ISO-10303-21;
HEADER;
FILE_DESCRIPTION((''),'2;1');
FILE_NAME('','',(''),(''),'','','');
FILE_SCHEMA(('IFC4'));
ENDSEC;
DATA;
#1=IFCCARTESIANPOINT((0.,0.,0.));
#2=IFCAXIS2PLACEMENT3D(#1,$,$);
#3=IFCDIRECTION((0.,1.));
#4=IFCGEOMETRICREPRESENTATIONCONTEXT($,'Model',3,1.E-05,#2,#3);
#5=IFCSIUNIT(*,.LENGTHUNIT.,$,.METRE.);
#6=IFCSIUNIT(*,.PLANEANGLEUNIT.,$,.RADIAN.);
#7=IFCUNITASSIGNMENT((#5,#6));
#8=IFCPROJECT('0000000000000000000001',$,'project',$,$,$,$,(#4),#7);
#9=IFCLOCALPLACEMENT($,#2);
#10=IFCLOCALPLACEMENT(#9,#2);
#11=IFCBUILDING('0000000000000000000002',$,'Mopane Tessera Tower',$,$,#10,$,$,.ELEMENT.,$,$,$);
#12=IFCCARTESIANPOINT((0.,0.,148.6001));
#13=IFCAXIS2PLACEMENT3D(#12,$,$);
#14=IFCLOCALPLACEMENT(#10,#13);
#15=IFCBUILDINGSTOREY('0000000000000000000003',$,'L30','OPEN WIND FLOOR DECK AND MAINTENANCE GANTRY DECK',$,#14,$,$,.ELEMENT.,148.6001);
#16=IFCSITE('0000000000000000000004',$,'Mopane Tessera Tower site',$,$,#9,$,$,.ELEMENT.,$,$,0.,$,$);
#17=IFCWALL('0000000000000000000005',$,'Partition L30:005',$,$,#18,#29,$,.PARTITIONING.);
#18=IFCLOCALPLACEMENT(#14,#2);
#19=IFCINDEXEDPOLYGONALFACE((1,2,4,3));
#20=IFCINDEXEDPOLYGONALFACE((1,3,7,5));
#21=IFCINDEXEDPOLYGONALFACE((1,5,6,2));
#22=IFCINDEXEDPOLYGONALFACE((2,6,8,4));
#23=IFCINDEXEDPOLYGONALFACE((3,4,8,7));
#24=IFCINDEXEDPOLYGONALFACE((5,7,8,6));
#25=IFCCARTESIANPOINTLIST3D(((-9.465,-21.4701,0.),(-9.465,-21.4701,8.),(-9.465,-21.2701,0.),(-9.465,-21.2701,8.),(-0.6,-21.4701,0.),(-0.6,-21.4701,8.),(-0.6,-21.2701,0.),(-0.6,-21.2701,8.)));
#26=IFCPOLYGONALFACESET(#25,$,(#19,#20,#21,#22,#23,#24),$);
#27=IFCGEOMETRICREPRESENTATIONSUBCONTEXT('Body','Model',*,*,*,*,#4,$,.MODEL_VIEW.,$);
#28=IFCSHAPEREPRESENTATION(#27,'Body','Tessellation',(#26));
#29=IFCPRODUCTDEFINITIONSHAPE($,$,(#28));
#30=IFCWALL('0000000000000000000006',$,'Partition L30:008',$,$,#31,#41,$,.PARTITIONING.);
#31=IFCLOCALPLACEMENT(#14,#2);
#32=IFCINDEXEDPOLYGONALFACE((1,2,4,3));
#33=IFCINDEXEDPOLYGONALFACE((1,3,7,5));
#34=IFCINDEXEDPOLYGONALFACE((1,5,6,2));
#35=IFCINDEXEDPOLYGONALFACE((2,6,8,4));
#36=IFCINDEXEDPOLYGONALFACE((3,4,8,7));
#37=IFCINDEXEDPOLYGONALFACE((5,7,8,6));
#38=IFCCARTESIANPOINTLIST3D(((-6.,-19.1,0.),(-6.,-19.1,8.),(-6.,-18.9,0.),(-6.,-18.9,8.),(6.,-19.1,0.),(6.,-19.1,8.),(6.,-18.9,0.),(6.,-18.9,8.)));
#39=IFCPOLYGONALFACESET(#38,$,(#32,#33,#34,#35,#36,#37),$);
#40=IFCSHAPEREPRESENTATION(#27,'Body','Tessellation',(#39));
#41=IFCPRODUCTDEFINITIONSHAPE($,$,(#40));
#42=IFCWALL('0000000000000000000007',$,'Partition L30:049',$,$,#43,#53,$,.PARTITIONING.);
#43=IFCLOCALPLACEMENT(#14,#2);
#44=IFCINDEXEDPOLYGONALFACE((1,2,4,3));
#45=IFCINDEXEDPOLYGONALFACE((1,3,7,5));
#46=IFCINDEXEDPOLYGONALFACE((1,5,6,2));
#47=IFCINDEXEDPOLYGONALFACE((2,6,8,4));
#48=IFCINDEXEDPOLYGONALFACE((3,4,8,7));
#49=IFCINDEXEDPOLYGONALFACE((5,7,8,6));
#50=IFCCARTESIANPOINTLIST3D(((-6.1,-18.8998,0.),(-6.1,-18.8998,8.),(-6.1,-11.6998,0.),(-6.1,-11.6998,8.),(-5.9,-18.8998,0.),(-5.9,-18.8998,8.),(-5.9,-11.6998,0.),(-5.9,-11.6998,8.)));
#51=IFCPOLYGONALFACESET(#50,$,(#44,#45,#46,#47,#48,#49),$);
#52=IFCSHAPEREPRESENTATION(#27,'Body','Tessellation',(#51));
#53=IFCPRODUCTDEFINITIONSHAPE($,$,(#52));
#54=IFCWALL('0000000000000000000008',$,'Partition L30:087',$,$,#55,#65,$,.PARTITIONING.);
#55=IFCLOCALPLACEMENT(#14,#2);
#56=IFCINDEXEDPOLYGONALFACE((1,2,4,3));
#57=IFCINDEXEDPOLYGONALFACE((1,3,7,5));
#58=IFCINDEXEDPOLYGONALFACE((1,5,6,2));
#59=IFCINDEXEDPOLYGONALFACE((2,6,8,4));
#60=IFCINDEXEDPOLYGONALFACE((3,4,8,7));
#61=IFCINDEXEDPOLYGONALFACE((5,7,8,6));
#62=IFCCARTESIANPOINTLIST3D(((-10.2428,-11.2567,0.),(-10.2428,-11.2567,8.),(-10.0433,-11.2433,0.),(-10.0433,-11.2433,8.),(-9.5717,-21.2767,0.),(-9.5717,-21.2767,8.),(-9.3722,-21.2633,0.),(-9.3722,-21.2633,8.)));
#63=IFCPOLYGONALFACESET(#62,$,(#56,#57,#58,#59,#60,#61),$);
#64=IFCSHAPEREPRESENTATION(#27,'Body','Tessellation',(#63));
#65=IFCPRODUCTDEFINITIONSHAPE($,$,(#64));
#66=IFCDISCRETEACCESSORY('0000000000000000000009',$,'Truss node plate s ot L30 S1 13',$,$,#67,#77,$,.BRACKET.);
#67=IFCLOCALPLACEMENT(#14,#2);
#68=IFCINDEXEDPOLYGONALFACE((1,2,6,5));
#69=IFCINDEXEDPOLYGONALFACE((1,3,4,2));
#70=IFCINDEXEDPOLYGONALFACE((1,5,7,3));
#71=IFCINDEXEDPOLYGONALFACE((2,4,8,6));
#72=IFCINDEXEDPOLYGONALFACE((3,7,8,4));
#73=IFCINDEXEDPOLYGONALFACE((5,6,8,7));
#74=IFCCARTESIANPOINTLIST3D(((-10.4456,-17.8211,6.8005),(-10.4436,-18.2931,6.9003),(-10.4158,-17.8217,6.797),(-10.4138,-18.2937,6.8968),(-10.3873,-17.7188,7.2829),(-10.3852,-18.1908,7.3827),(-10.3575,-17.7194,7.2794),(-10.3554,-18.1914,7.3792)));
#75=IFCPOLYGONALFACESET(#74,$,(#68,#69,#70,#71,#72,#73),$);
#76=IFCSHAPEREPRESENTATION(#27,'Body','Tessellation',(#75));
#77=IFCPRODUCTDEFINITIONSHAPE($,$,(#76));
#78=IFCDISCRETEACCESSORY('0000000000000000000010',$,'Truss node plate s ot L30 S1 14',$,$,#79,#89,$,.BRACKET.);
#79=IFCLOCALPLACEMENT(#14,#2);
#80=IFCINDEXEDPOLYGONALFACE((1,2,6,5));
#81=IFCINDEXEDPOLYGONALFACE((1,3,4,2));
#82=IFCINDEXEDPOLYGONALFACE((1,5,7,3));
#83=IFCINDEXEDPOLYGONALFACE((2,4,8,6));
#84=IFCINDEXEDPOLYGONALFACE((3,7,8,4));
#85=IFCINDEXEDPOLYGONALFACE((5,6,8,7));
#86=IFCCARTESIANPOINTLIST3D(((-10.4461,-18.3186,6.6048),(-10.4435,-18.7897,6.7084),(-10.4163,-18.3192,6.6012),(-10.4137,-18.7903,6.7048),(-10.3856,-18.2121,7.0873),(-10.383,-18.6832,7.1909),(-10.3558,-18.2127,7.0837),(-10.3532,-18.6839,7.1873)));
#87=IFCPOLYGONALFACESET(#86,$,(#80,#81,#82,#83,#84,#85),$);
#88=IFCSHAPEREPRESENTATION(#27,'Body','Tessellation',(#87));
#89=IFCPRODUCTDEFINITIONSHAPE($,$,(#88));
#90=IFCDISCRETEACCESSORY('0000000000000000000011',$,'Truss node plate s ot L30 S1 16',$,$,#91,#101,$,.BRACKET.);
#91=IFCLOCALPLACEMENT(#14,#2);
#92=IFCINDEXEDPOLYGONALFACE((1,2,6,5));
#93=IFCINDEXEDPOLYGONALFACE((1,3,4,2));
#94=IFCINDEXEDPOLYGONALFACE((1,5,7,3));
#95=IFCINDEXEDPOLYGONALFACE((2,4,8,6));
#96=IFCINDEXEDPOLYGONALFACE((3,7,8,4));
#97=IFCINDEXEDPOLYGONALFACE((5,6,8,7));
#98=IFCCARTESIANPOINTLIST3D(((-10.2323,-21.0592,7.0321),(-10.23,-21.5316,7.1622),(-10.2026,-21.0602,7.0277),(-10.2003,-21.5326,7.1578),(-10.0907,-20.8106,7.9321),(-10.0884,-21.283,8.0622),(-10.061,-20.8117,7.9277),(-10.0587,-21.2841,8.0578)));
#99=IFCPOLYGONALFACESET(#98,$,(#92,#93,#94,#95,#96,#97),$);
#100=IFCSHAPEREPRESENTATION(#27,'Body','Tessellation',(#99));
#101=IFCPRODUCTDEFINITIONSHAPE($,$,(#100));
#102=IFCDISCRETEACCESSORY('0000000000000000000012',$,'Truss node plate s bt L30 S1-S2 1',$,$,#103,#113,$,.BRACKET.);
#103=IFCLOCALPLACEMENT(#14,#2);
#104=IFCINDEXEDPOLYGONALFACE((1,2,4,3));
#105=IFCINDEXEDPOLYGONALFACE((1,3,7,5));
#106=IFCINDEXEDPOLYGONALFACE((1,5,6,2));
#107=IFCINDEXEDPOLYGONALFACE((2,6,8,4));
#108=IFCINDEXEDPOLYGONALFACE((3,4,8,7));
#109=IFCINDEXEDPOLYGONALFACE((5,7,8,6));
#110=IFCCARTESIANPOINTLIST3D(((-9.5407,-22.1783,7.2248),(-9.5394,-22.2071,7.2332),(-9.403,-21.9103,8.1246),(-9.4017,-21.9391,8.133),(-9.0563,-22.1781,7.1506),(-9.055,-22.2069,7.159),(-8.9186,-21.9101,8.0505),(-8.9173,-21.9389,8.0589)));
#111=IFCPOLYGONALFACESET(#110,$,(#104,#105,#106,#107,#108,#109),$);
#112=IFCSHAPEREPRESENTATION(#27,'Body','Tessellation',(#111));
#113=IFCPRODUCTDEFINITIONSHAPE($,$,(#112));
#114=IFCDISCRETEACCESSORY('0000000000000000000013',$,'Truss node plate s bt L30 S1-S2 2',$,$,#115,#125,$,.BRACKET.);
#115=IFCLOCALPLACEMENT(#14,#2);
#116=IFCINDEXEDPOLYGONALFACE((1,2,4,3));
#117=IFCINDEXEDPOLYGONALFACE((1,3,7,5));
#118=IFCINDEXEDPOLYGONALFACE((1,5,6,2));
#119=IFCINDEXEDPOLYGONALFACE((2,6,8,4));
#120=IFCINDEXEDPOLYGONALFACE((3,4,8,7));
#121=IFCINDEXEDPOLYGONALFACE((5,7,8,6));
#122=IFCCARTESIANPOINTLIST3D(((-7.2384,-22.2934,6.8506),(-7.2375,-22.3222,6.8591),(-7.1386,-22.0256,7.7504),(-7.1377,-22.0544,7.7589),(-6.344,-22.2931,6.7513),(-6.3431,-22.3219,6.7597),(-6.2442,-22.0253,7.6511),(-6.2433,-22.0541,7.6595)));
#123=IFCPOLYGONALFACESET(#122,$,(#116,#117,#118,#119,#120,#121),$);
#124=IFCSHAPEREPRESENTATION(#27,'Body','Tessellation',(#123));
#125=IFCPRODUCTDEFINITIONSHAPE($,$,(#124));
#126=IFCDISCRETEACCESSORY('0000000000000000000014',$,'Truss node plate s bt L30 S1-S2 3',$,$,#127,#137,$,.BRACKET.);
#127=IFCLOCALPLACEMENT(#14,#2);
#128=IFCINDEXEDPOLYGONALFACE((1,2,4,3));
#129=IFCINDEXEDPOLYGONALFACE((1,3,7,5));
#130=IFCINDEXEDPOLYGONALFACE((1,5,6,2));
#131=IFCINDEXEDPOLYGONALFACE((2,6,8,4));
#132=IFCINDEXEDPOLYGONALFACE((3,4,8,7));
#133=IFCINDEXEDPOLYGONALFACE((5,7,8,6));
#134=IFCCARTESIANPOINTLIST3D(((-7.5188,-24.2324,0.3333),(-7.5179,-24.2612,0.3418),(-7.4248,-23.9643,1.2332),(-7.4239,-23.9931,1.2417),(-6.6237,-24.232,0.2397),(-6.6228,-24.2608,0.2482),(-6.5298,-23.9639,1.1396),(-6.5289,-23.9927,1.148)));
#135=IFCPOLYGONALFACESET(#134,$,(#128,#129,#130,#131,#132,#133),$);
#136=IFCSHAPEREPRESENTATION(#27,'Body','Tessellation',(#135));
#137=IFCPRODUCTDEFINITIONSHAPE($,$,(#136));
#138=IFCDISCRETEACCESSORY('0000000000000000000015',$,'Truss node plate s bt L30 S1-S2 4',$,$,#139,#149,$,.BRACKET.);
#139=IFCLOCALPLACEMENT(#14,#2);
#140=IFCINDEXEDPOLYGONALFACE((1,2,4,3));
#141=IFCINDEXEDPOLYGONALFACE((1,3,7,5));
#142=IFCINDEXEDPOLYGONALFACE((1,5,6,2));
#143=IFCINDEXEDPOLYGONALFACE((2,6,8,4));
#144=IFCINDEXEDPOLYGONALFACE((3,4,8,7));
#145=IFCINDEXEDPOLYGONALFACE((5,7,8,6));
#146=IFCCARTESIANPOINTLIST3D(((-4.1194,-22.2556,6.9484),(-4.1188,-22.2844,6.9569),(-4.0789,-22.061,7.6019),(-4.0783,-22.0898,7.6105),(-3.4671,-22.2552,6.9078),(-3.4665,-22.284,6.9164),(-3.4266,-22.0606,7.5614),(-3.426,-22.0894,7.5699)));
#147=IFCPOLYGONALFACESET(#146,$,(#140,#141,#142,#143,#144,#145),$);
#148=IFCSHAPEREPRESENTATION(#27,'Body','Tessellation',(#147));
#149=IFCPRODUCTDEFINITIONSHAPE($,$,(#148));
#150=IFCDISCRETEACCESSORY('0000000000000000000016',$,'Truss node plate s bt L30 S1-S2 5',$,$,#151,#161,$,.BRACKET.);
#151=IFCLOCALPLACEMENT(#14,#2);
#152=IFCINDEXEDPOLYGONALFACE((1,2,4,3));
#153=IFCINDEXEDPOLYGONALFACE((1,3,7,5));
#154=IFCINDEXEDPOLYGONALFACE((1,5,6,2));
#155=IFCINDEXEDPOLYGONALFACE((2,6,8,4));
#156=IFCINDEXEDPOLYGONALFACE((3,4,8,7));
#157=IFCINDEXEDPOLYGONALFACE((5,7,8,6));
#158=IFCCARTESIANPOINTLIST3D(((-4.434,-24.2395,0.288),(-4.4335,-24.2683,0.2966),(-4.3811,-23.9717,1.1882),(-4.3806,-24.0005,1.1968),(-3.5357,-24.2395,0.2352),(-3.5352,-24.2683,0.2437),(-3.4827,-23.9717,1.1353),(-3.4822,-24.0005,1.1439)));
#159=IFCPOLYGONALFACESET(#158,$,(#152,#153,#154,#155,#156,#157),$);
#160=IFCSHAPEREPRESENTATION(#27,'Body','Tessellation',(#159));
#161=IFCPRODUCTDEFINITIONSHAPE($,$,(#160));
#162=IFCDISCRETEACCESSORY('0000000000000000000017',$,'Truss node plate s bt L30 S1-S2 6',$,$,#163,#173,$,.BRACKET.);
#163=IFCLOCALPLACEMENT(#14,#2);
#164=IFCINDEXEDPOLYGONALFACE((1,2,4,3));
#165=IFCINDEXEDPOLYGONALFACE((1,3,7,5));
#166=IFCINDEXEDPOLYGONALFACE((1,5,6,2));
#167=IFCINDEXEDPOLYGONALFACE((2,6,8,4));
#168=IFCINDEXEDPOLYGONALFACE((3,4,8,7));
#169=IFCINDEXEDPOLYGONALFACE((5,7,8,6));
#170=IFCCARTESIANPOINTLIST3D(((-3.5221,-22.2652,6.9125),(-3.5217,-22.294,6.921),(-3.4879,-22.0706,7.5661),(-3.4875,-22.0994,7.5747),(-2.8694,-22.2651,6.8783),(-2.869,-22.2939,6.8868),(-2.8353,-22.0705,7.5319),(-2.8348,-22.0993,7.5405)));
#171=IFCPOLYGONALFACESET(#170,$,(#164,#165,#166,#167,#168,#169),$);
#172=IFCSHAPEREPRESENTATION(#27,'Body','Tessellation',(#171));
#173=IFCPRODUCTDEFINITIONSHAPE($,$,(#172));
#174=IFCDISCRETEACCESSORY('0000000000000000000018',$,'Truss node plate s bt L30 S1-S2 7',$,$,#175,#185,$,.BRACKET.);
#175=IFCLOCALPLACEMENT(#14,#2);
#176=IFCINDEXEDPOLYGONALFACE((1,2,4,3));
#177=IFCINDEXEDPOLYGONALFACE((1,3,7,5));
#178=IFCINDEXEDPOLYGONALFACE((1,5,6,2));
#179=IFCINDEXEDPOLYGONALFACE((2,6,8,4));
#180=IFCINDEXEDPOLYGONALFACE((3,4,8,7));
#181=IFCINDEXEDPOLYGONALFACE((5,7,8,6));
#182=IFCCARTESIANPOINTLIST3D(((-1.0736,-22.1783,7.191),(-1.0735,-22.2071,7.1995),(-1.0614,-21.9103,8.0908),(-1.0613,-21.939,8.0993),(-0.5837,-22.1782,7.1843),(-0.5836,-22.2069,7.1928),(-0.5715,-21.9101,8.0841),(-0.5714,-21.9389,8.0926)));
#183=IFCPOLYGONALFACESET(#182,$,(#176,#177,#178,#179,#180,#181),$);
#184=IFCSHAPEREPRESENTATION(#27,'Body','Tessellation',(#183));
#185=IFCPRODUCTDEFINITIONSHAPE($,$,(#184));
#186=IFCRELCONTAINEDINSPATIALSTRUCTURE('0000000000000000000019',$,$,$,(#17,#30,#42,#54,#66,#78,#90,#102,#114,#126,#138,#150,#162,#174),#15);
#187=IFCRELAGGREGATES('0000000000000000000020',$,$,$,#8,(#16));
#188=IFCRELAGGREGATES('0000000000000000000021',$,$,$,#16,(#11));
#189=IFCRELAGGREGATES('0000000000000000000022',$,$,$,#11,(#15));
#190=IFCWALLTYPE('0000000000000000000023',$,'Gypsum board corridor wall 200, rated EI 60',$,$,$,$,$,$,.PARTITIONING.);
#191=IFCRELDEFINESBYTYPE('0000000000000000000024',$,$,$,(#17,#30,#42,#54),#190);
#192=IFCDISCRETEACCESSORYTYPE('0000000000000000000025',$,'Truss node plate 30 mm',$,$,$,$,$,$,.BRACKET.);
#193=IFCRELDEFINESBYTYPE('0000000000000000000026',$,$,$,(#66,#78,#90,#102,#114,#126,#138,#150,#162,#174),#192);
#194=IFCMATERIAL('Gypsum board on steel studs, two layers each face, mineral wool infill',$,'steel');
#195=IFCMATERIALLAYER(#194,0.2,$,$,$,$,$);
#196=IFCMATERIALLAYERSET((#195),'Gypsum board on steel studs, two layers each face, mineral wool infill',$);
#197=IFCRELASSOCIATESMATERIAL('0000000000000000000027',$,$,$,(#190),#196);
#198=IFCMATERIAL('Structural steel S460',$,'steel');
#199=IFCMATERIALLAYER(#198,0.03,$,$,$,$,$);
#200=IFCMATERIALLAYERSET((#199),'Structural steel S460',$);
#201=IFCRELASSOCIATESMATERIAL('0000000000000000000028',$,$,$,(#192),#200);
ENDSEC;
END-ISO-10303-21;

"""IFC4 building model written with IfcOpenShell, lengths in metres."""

from ifc_helpers import new_model, si_unit, direction, frame, frame_2d, origin, origin_2d, place, context, subcontext, project, spatial, rectangle, extrude, material, layer, layer_set, type_object, element, save


model = new_model("IFC4")

# Units and contexts
model_context = context("Model", 3, precision=1e-05, world=origin(), true_north=direction((0.0, 1.0)))
body_context = subcontext(model_context, "Body", "Model", "MODEL_VIEW")
ifc_project = project(units=[si_unit("LENGTHUNIT", "METRE"), si_unit("PLANEANGLEUNIT", "RADIAN")], contexts=[model_context])

# Site, building, storey
site_placement = place(None, origin())
site = spatial("IfcSite", under=ifc_project, at=site_placement, Name="Mopane Tessera Tower site", CompositionType="ELEMENT", RefElevation=0.0)
building_placement = place(site_placement, origin())
building = spatial("IfcBuilding", under=site, at=building_placement, Name="Mopane Tessera Tower", CompositionType="ELEMENT")
storey_placement = place(building_placement, frame((0.0, 0.0, 148.6001)))
storey = spatial("IfcBuildingStorey", under=building, at=storey_placement, Name="L30", Description="OPEN WIND FLOOR DECK AND MAINTENANCE GANTRY DECK", CompositionType="ELEMENT", Elevation=148.6001)

# Walls
ifc_material_1 = material(Name="Gypsum board on steel studs, two layers each face, mineral wool infill", Category="steel")
ifc_layer_1 = layer(ifc_material_1, 0.2)
ifc_layer_set_1 = layer_set([ifc_layer_1], Name="Gypsum board on steel studs, two layers each face, mineral wool infill")
wall_type = type_object("IfcWallType", Name="Gypsum board corridor wall 200, rated EI 60", PredefinedType="PARTITIONING", material=ifc_layer_set_1)
wall_1_placement = place(storey_placement, frame((-9.4651, -21.3701, 0.0), z_axis=(0.0, 0.0, 1.0), x_axis=(1.0, 0.0, 0.0)))
element("IfcWall", 1, at=wall_1_placement, inside=storey, type_object=wall_type, Name="Partition L30:005", PredefinedType="PARTITIONING", context=body_context, shape_type="SweptSolid", body=[
    extrude(rectangle(XDim=8.865, YDim=0.2, at=frame_2d((4.4326, 0.0))), origin(), (0.0, 0.0, 1.0), 8.0),
])
wall_2_placement = place(storey_placement, frame((-6.0, -19.0, 0.0), z_axis=(0.0, 0.0, 1.0), x_axis=(1.0, 0.0, 0.0)))
element("IfcWall", 2, at=wall_2_placement, inside=storey, type_object=wall_type, Name="Partition L30:008", PredefinedType="PARTITIONING", context=body_context, shape_type="SweptSolid", body=[
    extrude(rectangle(XDim=12.0, YDim=0.2, at=frame_2d((6.0, 0.0))), origin(), (0.0, 0.0, 1.0), 8.0),
])
wall_3_placement = place(storey_placement, frame((-6.0, -18.8999, 0.0), z_axis=(0.0, 0.0, 1.0), x_axis=(0.0, 1.0, 0.0)))
element("IfcWall", 3, at=wall_3_placement, inside=storey, type_object=wall_type, Name="Partition L30:049", PredefinedType="PARTITIONING", context=body_context, shape_type="SweptSolid", body=[
    extrude(rectangle(XDim=7.2, YDim=0.2, at=frame_2d((3.6001, 0.0))), origin(), (0.0, 0.0, 1.0), 8.0),
])
wall_4_placement = place(storey_placement, frame((-9.4719, -21.27, 0.0), z_axis=(0.0, 0.0, 1.0), x_axis=(-0.06683, 0.997764, 0.0)))
element("IfcWall", 4, at=wall_4_placement, inside=storey, type_object=wall_type, Name="Partition L30:087", PredefinedType="PARTITIONING", context=body_context, shape_type="SweptSolid", body=[
    extrude(rectangle(XDim=10.0425, YDim=0.2, at=frame_2d((5.0212, 0.0))), origin(), (0.0, 0.0, 1.0), 8.0),
])

# Discrete accessories
ifc_material_2 = material(Name="Structural steel S460", Category="steel")
ifc_layer_2 = layer(ifc_material_2, 0.03)
ifc_layer_set_2 = layer_set([ifc_layer_2], Name="Structural steel S460")
discrete_accessory_type = type_object("IfcDiscreteAccessoryType", Name="Truss node plate 30 mm", PredefinedType="BRACKET", material=ifc_layer_set_2)
discrete_accessory_1_placement = place(storey_placement, frame((-10.4297, -18.0574, 6.8486), z_axis=(0.117501, 0.205995, 0.971473), x_axis=(0.993064, -0.02019, -0.115831)))
element("IfcDiscreteAccessory", 5, at=discrete_accessory_1_placement, inside=storey, type_object=discrete_accessory_type, Name="Truss node plate s ot L30 S1 13", PredefinedType="BRACKET", context=body_context, shape_type="SweptSolid", body=[
    extrude(rectangle(XDim=0.03, YDim=0.4824, at=origin_2d()), origin(), (0.0, 0.0, 1.0), 0.4966),
])
discrete_accessory_2_placement = place(storey_placement, frame((-10.4299, -18.5544, 6.6548), z_axis=(0.121648, 0.213865, 0.969259), x_axis=(0.992559, -0.020926, -0.119955)))
element("IfcDiscreteAccessory", 6, at=discrete_accessory_2_placement, inside=storey, type_object=discrete_accessory_type, Name="Truss node plate s ot L30 S1 14", PredefinedType="BRACKET", context=body_context, shape_type="SweptSolid", body=[
    extrude(rectangle(XDim=0.03, YDim=0.4824, at=origin_2d()), origin(), (0.0, 0.0, 1.0), 0.4978),
])
discrete_accessory_3_placement = place(storey_placement, frame((-10.2163, -21.2959, 7.095), z_axis=(0.149959, 0.263204, 0.953014), x_axis=(0.988681, -0.035418, -0.145789)))
element("IfcDiscreteAccessory", 7, at=discrete_accessory_3_placement, inside=storey, type_object=discrete_accessory_type, Name="Truss node plate s ot L30 S1 16", PredefinedType="BRACKET", context=body_context, shape_type="SweptSolid", body=[
    extrude(rectangle(XDim=0.03, YDim=0.49, at=origin_2d()), origin(), (0.0, 0.0, 1.0), 0.9443),
])
discrete_accessory_4_placement = place(storey_placement, frame((-9.2979, -22.1926, 7.1919), z_axis=(0.145092, 0.282466, 0.948241), x_axis=(-0.043146, 0.959277, -0.279151)))
element("IfcDiscreteAccessory", 8, at=discrete_accessory_4_placement, inside=storey, type_object=discrete_accessory_type, Name="Truss node plate s bt L30 S1-S2 1", PredefinedType="BRACKET", context=body_context, shape_type="SweptSolid", body=[
    extrude(rectangle(XDim=0.03, YDim=0.49, at=origin_2d()), origin(), (0.0, 0.0, 1.0), 0.949),
])
discrete_accessory_5_placement = place(storey_placement, frame((-6.7908, -22.3076, 6.8052), z_axis=(0.105754, 0.283648, 0.953079), x_axis=(-0.031613, 0.958928, -0.281881)))
element("IfcDiscreteAccessory", 9, at=discrete_accessory_5_placement, inside=storey, type_object=discrete_accessory_type, Name="Truss node plate s bt L30 S1-S2 2", PredefinedType="BRACKET", context=body_context, shape_type="SweptSolid", body=[
    extrude(rectangle(XDim=0.03, YDim=0.8999, at=origin_2d()), origin(), (0.0, 0.0, 1.0), 0.9441),
])
discrete_accessory_6_placement = place(storey_placement, frame((-7.0708, -24.2466, 0.2908), z_axis=(0.099605, 0.284067, 0.953617), x_axis=(-0.029975, 0.958804, -0.282481)))
element("IfcDiscreteAccessory", 10, at=discrete_accessory_6_placement, inside=storey, type_object=discrete_accessory_type, Name="Truss node plate s bt L30 S1-S2 3", PredefinedType="BRACKET", context=body_context, shape_type="SweptSolid", body=[
    extrude(rectangle(XDim=0.03, YDim=0.8999, at=origin_2d()), origin(), (0.0, 0.0, 1.0), 0.9436),
])
discrete_accessory_7_placement = place(storey_placement, frame((-3.793, -22.2698, 6.9324), z_axis=(0.059327, 0.284841, 0.956737), x_axis=(-0.018225, 0.958575, -0.284258)))
element("IfcDiscreteAccessory", 11, at=discrete_accessory_7_placement, inside=storey, type_object=discrete_accessory_type, Name="Truss node plate s bt L30 S1-S2 4", PredefinedType="BRACKET", context=body_context, shape_type="SweptSolid", body=[
    extrude(rectangle(XDim=0.03, YDim=0.6536, at=origin_2d()), origin(), (0.0, 0.0, 1.0), 0.6831),
])
discrete_accessory_8_placement = place(storey_placement, frame((-3.9846, -24.2539, 0.2659), z_axis=(0.056322, 0.284724, 0.956953), x_axis=(-0.016739, 0.958609, -0.284232)))
element("IfcDiscreteAccessory", 12, at=discrete_accessory_8_placement, inside=storey, type_object=discrete_accessory_type, Name="Truss node plate s bt L30 S1-S2 5", PredefinedType="BRACKET", context=body_context, shape_type="SweptSolid", body=[
    extrude(rectangle(XDim=0.03, YDim=0.8999, at=origin_2d()), origin(), (0.0, 0.0, 1.0), 0.9407),
])
discrete_accessory_9_placement = place(storey_placement, frame((-3.1956, -22.2795, 6.8997), z_axis=(0.05006, 0.284986, 0.957224), x_axis=(-0.015114, 0.958532, -0.284585)))
element("IfcDiscreteAccessory", 13, at=discrete_accessory_9_placement, inside=storey, type_object=discrete_accessory_type, Name="Truss node plate s bt L30 S1-S2 6", PredefinedType="BRACKET", context=body_context, shape_type="SweptSolid", body=[
    extrude(rectangle(XDim=0.03, YDim=0.6536, at=origin_2d()), origin(), (0.0, 0.0, 1.0), 0.6829),
])
discrete_accessory_10_placement = place(storey_placement, frame((-0.8286, -22.1926, 7.1919), z_axis=(0.012999, 0.285463, 0.958302), x_axis=(-0.004174, 0.95839, -0.285432)))
element("IfcDiscreteAccessory", 14, at=discrete_accessory_10_placement, inside=storey, type_object=discrete_accessory_type, Name="Truss node plate s bt L30 S1-S2 7", PredefinedType="BRACKET", context=body_context, shape_type="SweptSolid", body=[
    extrude(rectangle(XDim=0.03, YDim=0.49, at=origin_2d()), origin(), (0.0, 0.0, 1.0), 0.939),
])

save(model, "model.ifc")
